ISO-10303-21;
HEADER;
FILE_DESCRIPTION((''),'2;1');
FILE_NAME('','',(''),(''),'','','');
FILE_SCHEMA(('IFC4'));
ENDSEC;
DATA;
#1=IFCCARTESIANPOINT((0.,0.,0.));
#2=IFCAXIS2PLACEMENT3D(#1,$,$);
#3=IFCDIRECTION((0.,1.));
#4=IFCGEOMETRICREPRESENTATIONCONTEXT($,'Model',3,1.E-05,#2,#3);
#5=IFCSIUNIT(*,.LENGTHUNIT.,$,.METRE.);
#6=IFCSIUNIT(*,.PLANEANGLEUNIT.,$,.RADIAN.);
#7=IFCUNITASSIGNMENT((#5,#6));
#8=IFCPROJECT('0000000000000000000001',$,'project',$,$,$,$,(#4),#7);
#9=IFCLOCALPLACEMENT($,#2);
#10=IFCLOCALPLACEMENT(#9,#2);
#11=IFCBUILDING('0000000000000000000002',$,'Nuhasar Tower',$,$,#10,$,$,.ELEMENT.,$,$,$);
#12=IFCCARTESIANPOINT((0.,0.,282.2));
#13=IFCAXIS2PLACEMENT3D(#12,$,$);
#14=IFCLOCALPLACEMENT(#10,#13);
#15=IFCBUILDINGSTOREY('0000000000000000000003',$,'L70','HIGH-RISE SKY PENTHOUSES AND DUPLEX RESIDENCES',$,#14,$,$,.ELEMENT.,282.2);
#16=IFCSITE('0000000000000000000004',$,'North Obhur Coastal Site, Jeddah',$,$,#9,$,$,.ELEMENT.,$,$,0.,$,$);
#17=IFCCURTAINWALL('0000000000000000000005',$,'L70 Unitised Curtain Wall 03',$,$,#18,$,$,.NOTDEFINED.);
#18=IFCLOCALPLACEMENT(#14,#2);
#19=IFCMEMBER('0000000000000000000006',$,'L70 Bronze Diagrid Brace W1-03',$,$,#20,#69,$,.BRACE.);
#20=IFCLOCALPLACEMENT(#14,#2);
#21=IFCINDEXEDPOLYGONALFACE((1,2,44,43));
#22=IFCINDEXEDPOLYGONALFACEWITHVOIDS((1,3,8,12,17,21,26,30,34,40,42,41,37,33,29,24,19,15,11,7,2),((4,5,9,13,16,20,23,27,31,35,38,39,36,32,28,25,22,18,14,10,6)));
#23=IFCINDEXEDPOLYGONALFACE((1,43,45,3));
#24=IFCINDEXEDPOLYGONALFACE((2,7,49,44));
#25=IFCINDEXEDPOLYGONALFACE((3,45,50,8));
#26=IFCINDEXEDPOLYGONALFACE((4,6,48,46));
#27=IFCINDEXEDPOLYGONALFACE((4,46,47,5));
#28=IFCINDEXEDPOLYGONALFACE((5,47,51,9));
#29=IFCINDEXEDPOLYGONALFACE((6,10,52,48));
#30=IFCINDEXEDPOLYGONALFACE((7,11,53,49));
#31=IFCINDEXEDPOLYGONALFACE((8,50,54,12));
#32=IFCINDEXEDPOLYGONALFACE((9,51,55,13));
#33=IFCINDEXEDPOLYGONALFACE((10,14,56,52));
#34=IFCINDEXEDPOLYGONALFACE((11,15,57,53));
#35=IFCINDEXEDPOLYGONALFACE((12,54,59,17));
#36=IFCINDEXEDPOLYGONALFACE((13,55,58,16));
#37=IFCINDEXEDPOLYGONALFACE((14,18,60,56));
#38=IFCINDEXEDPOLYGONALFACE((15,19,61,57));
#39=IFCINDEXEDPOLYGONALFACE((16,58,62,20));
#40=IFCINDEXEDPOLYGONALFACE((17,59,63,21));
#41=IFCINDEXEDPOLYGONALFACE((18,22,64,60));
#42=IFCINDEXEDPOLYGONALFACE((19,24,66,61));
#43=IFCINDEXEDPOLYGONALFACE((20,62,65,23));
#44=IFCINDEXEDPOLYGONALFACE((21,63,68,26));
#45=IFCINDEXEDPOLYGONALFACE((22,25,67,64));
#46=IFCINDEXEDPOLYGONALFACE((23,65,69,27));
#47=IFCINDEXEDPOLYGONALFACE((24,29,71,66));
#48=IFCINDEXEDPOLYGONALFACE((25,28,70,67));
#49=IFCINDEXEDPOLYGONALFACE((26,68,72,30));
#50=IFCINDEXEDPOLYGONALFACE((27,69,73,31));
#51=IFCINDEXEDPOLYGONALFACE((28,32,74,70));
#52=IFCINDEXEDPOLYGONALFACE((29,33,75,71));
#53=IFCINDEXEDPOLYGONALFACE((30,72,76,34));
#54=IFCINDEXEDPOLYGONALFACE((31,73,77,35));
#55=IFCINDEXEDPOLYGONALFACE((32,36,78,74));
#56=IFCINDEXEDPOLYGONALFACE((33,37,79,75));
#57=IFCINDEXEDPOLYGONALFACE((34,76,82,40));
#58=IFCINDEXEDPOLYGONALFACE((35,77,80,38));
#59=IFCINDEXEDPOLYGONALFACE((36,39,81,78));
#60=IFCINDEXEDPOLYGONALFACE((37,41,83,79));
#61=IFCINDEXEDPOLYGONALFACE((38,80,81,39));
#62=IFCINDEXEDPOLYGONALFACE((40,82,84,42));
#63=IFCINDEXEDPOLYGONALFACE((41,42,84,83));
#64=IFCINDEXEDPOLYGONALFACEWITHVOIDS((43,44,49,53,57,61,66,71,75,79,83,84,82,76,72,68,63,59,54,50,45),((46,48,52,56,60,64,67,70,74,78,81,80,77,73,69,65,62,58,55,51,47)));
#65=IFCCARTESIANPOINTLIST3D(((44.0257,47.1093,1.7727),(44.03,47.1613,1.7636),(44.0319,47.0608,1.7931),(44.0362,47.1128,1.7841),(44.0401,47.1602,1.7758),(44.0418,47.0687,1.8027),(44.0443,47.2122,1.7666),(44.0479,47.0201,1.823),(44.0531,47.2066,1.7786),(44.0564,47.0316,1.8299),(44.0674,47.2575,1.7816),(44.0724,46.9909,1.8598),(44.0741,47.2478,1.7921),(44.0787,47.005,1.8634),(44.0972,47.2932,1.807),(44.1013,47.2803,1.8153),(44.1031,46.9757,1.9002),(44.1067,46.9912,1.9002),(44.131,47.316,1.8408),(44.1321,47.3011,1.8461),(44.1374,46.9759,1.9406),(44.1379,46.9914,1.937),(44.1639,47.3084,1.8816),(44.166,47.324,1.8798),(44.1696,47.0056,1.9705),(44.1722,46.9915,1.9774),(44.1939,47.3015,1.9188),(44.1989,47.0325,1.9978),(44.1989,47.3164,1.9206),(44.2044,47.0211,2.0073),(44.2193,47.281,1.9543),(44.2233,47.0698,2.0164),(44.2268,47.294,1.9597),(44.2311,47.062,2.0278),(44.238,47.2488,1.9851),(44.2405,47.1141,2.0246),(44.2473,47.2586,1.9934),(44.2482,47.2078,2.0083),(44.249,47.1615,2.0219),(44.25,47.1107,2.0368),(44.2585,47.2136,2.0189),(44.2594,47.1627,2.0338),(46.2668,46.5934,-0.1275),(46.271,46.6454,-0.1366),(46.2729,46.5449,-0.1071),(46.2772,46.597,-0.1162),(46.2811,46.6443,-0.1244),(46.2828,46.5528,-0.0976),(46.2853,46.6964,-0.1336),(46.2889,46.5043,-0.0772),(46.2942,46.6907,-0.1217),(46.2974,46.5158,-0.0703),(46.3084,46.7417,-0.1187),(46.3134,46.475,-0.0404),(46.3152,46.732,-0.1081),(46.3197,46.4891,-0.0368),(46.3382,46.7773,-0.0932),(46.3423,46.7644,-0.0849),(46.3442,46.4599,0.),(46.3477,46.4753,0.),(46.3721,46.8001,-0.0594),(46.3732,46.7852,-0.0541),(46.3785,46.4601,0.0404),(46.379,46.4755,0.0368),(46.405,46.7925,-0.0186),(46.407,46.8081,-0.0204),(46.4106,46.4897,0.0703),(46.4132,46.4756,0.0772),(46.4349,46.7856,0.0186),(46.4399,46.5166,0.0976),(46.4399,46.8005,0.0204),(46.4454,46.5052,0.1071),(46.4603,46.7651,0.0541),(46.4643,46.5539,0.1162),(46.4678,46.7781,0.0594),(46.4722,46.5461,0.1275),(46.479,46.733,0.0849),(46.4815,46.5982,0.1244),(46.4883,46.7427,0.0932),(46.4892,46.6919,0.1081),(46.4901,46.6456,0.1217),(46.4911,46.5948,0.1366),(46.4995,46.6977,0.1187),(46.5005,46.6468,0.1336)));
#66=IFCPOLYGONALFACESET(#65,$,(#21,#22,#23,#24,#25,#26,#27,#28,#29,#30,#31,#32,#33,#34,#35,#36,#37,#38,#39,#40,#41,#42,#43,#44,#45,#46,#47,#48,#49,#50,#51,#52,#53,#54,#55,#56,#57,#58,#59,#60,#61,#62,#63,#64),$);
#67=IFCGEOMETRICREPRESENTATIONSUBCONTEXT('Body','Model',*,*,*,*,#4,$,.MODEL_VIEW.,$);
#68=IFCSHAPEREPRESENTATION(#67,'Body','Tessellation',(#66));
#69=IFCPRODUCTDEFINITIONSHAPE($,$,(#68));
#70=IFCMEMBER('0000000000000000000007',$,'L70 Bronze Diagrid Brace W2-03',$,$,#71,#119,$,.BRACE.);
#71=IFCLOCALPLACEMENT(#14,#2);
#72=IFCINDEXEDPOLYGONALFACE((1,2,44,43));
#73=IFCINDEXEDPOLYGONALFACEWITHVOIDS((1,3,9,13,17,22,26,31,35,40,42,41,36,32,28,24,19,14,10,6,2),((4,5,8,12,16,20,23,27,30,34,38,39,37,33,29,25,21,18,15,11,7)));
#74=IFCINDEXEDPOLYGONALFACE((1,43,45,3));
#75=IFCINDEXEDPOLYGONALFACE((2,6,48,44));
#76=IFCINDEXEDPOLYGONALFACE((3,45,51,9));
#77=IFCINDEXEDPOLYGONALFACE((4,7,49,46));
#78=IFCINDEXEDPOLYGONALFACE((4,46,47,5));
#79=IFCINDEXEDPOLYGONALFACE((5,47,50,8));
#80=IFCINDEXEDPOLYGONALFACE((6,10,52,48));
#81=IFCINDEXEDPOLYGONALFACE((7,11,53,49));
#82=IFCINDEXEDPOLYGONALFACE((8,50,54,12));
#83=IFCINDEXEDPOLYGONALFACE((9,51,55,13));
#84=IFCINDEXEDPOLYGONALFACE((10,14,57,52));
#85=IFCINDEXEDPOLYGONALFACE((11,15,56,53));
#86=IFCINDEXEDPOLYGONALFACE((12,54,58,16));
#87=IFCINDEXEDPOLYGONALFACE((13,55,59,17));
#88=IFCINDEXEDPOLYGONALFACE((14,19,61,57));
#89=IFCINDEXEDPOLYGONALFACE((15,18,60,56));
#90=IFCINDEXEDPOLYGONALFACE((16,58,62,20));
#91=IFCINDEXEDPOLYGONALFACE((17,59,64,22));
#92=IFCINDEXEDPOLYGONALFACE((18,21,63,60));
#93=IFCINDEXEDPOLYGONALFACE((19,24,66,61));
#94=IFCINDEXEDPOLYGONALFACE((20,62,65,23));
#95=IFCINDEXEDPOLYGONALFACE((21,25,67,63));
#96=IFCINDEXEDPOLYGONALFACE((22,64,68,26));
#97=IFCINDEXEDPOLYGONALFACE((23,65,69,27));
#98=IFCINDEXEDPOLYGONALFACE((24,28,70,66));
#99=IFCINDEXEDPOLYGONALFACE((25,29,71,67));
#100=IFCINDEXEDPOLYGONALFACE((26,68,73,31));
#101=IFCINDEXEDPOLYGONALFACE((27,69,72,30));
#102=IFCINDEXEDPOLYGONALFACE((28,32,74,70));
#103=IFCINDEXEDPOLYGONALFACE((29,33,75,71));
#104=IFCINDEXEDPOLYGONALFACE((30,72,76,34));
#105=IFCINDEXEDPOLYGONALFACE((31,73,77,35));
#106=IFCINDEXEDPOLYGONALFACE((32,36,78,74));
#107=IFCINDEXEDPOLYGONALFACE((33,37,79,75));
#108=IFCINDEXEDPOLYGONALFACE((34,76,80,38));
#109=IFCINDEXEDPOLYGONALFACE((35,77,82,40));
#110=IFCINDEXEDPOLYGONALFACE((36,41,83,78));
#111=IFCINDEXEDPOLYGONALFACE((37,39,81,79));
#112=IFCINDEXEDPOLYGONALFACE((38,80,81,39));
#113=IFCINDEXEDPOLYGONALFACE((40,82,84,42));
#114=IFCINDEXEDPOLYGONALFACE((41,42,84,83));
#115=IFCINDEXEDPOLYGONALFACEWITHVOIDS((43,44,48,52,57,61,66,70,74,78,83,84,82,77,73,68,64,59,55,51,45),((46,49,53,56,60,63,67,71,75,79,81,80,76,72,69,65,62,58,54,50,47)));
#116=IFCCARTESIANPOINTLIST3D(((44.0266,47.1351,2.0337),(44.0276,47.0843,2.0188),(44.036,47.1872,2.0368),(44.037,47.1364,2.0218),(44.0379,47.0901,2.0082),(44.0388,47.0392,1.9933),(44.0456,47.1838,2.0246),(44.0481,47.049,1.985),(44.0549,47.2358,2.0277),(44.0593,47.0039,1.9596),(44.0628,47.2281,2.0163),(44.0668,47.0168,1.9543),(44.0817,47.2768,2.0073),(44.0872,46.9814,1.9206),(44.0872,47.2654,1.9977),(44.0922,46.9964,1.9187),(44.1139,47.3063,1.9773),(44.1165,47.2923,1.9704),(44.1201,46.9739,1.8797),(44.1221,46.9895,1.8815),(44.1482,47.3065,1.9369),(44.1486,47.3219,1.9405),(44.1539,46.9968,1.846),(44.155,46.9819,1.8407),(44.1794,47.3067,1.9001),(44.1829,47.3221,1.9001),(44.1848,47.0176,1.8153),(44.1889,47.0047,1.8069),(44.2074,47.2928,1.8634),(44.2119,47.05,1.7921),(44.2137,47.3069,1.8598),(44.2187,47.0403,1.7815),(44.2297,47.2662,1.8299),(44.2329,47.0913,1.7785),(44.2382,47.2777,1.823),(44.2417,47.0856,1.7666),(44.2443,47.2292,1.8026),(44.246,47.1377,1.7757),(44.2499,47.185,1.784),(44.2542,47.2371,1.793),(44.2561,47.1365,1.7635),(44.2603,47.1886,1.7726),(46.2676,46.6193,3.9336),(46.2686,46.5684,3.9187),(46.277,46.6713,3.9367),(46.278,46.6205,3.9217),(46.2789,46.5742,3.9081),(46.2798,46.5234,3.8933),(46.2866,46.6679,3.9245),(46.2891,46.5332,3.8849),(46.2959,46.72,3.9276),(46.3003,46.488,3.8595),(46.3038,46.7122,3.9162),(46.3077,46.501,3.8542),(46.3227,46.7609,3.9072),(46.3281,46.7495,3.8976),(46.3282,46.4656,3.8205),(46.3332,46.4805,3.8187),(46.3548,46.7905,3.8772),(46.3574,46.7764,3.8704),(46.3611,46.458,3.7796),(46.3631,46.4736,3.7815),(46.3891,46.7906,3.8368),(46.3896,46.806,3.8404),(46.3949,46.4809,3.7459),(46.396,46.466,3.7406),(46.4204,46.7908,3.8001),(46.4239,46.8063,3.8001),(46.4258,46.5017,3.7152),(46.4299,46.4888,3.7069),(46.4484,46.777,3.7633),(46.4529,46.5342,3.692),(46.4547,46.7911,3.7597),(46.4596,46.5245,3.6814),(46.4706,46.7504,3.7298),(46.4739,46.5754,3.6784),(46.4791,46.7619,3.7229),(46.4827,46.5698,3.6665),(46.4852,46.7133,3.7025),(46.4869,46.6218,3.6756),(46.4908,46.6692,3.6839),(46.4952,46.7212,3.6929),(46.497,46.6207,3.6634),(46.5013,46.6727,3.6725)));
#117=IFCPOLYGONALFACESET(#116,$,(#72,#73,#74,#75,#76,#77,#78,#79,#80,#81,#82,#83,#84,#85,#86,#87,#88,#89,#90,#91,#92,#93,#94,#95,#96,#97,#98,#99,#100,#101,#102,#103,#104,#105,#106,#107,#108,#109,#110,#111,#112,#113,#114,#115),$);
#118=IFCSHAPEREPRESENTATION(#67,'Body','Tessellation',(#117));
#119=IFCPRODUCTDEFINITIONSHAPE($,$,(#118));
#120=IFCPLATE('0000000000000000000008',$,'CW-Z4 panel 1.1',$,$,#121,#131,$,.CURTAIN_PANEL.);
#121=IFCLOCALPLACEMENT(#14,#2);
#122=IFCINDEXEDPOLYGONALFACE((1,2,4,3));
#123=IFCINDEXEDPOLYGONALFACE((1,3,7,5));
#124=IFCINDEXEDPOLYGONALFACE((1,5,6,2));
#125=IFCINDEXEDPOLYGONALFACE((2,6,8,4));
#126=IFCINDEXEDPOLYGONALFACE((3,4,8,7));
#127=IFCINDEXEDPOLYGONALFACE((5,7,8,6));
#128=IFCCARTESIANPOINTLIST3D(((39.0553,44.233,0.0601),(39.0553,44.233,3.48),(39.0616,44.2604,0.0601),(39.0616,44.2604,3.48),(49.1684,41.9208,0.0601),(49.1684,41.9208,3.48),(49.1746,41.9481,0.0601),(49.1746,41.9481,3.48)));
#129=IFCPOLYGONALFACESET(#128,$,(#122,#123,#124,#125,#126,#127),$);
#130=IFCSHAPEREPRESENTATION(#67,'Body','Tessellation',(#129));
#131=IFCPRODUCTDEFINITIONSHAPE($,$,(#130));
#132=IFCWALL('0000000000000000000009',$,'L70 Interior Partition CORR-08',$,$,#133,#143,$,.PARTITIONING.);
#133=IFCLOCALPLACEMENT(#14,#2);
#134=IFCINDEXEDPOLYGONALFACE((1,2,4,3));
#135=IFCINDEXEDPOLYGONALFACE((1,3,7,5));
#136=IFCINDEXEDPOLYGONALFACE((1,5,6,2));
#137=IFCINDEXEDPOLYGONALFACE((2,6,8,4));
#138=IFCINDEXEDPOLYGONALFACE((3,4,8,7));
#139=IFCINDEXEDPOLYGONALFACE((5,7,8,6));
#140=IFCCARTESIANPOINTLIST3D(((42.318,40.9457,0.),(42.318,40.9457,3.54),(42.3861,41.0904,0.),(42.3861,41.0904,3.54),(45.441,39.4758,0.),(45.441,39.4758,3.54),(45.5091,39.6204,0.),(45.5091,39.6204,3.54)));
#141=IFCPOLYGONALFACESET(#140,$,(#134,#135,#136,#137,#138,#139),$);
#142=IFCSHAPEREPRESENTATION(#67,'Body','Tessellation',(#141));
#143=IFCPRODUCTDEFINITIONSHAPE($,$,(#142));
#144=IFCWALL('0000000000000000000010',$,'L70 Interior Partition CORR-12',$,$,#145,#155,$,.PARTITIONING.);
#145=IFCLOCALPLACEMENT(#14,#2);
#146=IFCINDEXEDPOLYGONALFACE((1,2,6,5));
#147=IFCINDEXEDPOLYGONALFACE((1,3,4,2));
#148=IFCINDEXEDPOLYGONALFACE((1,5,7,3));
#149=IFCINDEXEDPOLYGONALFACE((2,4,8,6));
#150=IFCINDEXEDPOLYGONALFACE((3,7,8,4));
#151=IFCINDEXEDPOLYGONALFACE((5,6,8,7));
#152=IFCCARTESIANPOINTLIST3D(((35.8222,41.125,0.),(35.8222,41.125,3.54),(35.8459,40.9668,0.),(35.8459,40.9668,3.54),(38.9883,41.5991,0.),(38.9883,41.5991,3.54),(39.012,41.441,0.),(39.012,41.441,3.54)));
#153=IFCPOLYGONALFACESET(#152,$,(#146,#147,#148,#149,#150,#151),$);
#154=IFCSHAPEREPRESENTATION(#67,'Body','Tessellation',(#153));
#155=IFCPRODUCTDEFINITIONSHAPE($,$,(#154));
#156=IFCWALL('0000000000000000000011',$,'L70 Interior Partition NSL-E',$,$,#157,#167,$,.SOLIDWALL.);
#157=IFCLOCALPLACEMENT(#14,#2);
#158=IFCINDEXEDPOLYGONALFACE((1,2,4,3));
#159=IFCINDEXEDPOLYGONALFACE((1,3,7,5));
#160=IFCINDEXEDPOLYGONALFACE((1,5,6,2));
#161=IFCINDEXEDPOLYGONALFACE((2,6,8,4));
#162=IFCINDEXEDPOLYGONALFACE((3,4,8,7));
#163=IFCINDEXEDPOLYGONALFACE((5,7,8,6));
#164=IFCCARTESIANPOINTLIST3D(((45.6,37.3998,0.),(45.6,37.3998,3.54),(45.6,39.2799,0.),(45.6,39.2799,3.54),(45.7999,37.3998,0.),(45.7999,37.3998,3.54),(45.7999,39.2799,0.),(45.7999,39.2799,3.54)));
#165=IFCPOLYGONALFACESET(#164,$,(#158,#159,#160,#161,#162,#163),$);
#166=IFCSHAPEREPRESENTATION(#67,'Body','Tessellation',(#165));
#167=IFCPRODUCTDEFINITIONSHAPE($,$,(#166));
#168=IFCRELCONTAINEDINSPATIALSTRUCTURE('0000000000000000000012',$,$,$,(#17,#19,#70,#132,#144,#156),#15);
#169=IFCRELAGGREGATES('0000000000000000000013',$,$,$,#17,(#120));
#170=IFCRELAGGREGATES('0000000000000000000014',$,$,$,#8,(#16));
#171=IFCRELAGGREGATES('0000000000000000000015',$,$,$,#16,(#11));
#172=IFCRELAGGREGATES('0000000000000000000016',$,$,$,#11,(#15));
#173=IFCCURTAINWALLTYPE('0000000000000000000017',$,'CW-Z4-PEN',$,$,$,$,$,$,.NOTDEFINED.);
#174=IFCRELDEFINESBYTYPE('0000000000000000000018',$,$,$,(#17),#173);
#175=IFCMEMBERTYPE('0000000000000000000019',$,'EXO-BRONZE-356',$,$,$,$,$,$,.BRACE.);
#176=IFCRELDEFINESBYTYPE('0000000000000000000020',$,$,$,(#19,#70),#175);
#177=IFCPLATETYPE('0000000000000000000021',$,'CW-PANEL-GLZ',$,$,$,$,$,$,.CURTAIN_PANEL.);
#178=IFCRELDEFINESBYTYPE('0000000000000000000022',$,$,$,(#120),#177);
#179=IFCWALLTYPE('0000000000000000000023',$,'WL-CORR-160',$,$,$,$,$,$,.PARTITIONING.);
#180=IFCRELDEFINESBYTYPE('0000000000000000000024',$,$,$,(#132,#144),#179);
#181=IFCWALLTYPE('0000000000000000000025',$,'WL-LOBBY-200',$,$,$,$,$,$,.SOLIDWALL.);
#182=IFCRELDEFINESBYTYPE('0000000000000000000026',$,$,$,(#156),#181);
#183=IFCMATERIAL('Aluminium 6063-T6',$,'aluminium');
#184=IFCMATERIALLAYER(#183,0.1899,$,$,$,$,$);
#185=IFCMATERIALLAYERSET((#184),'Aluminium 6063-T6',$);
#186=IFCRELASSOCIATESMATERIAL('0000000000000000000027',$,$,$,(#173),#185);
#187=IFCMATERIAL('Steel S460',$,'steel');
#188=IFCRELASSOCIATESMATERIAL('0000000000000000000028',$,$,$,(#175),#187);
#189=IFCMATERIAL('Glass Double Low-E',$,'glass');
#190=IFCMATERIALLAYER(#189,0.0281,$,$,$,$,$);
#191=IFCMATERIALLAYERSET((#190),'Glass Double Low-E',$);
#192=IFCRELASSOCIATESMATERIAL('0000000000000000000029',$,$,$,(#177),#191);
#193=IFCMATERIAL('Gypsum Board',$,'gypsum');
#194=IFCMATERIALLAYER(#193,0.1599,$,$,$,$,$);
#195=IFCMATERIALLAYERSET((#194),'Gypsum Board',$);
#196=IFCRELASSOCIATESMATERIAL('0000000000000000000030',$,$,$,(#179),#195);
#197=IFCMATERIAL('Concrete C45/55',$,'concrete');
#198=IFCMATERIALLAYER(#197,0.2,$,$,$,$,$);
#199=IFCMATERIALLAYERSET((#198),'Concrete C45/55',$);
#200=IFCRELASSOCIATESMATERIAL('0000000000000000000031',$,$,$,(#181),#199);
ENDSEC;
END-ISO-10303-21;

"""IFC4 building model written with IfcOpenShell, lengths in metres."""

from ifc_helpers import new_model, si_unit, direction, frame, frame_2d, origin, origin_2d, place, context, subcontext, project, spatial, rectangle, hollow_circle, extrude, material, layer, layer_set, material_profile, profile_set, type_object, element, aggregate, save


model = new_model("IFC4")

# Units and contexts
model_context = context("Model", 3, precision=1e-05, world=origin(), true_north=direction((0.0, 1.0)))
body_context = subcontext(model_context, "Body", "Model", "MODEL_VIEW")
ifc_project = project(units=[si_unit("LENGTHUNIT", "METRE"), si_unit("PLANEANGLEUNIT", "RADIAN")], contexts=[model_context])

# Site, building, storey
site_placement = place(None, origin())
site = spatial("IfcSite", under=ifc_project, at=site_placement, Name="North Obhur Coastal Site, Jeddah", CompositionType="ELEMENT", RefElevation=0.0)
building_placement = place(site_placement, origin())
building = spatial("IfcBuilding", under=site, at=building_placement, Name="Nuhasar Tower", CompositionType="ELEMENT")
storey_placement = place(building_placement, frame((0.0, 0.0, 282.2)))
storey = spatial("IfcBuildingStorey", under=building, at=storey_placement, Name="L70", Description="HIGH-RISE SKY PENTHOUSES AND DUPLEX RESIDENCES", CompositionType="ELEMENT", Elevation=282.2)

# Curtain wall
ifc_material_1 = material(Name="Aluminium 6063-T6", Category="aluminium")
ifc_layer_1 = layer(ifc_material_1, 0.1899)
ifc_layer_set_1 = layer_set([ifc_layer_1], Name="Aluminium 6063-T6")
curtain_wall_type = type_object("IfcCurtainWallType", Name="CW-Z4-PEN", PredefinedType="NOTDEFINED", material=ifc_layer_set_1)
curtain_wall_1_placement = place(storey_placement, origin())
curtain_wall_1 = element("IfcCurtainWall", 1, at=curtain_wall_1_placement, inside=storey, type_object=curtain_wall_type, Name="L70 Unitised Curtain Wall 03", PredefinedType="NOTDEFINED")

# Members
ifc_material_2 = material(Name="Steel S460", Category="steel")
ifc_material_profile_1 = material_profile(ifc_material_2, hollow_circle(Radius=0.1777, WallThickness=0.0159, at=origin_2d()), Name="HSS355.6X15.9")
ifc_profile_set_1 = profile_set([ifc_material_profile_1], Name="Steel S460")
member_type_1 = type_object("IfcMemberType", Name="EXO-BRONZE-356", PredefinedType="BRACE", material=ifc_profile_set_1)
member_1_placement = place(storey_placement, frame((46.384, 46.6331, 0.0), z_axis=(-0.751232, 0.172933, 0.63698), x_axis=(-0.224332, -0.974513, 0.0)))
element("IfcMember", 2, at=member_1_placement, inside=storey, type_object=member_type_1, Name="L70 Bronze Diagrid Brace W1-03", PredefinedType="BRACE", context=body_context, shape_type="SweptSolid", body=[
    extrude(hollow_circle(Radius=0.1777, WallThickness=0.0159, at=origin_2d()), origin(), (0.0, 0.0, 1.0), 2.9832),
])
member_2_placement = place(storey_placement, frame((44.1431, 47.1489, 1.9001), z_axis=(0.751272, -0.172942, 0.636932), x_axis=(0.224332, 0.974513, 0.0)))
element("IfcMember", 3, at=member_2_placement, inside=storey, type_object=member_type_1, Name="L70 Bronze Diagrid Brace W2-03", PredefinedType="BRACE", context=body_context, shape_type="SweptSolid", body=[
    extrude(hollow_circle(Radius=0.1777, WallThickness=0.0159, at=origin_2d()), origin(), (0.0, 0.0, 1.0), 2.9829),
])

# Plate
ifc_material_3 = material(Name="Glass Double Low-E", Category="glass")
ifc_layer_2 = layer(ifc_material_3, 0.0281)
ifc_layer_set_2 = layer_set([ifc_layer_2], Name="Glass Double Low-E")
plate_type = type_object("IfcPlateType", Name="CW-PANEL-GLZ", PredefinedType="CURTAIN_PANEL", material=ifc_layer_set_2)
plate_placement = place(storey_placement, frame((44.115, 43.0906, 0.0601), z_axis=(0.0, 0.0, 1.0), x_axis=(-0.974844, 0.222889, 0.0)))
plate = element("IfcPlate", 4, at=plate_placement, type_object=plate_type, Name="CW-Z4 panel 1.1", PredefinedType="CURTAIN_PANEL", context=body_context, shape_type="SweptSolid", body=[
    extrude(rectangle(XDim=10.374, YDim=0.0281, at=origin_2d()), origin(), (0.0, 0.0, 1.0), 3.4199),
])
aggregate(curtain_wall_1, [plate])

# Wall
ifc_material_4 = material(Name="Gypsum Board", Category="gypsum")
ifc_layer_3 = layer(ifc_material_4, 0.1599)
ifc_layer_set_3 = layer_set([ifc_layer_3], Name="Gypsum Board")
wall_type_1 = type_object("IfcWallType", Name="WL-CORR-160", PredefinedType="PARTITIONING", material=ifc_layer_set_3)
wall_1_placement = place(storey_placement, frame((45.4751, 39.5481, 0.0), z_axis=(0.0, 0.0, 1.0), x_axis=(-0.904785, 0.425869, 0.0)))
element("IfcWall", 5, at=wall_1_placement, inside=storey, type_object=wall_type_1, Name="L70 Interior Partition CORR-08", PredefinedType="PARTITIONING", context=body_context, shape_type="SweptSolid", body=[
    extrude(rectangle(XDim=3.4517, YDim=0.1599, at=frame_2d((1.7258, 0.0))), origin(), (0.0, 0.0, 1.0), 3.54),
])

# Walls
wall_2_placement = place(storey_placement, frame((39.0, 41.52, 0.0), z_axis=(0.0, 0.0, 1.0), x_axis=(-0.988972, -0.148102, 0.0)))
element("IfcWall", 6, at=wall_2_placement, inside=storey, type_object=wall_type_1, Name="L70 Interior Partition CORR-12", PredefinedType="PARTITIONING", context=body_context, shape_type="SweptSolid", body=[
    extrude(rectangle(XDim=3.2014, YDim=0.1599, at=frame_2d((1.6006, 0.0))), origin(), (0.0, 0.0, 1.0), 3.54),
])
ifc_material_5 = material(Name="Concrete C45/55", Category="concrete")
ifc_layer_4 = layer(ifc_material_5, 0.2)
ifc_layer_set_4 = layer_set([ifc_layer_4], Name="Concrete C45/55")
wall_type_2 = type_object("IfcWallType", Name="WL-LOBBY-200", PredefinedType="SOLIDWALL", material=ifc_layer_set_4)
wall_3_placement = place(storey_placement, frame((45.7, 37.3999, 0.0), z_axis=(0.0, 0.0, 1.0), x_axis=(0.0, 1.0, 0.0)))
element("IfcWall", 7, at=wall_3_placement, inside=storey, type_object=wall_type_2, Name="L70 Interior Partition NSL-E", PredefinedType="SOLIDWALL", context=body_context, shape_type="SweptSolid", body=[
    extrude(rectangle(XDim=1.8801, YDim=0.2, at=frame_2d((0.9399, 0.0))), origin(), (0.0, 0.0, 1.0), 3.54),
])

save(model, "model.ifc")
